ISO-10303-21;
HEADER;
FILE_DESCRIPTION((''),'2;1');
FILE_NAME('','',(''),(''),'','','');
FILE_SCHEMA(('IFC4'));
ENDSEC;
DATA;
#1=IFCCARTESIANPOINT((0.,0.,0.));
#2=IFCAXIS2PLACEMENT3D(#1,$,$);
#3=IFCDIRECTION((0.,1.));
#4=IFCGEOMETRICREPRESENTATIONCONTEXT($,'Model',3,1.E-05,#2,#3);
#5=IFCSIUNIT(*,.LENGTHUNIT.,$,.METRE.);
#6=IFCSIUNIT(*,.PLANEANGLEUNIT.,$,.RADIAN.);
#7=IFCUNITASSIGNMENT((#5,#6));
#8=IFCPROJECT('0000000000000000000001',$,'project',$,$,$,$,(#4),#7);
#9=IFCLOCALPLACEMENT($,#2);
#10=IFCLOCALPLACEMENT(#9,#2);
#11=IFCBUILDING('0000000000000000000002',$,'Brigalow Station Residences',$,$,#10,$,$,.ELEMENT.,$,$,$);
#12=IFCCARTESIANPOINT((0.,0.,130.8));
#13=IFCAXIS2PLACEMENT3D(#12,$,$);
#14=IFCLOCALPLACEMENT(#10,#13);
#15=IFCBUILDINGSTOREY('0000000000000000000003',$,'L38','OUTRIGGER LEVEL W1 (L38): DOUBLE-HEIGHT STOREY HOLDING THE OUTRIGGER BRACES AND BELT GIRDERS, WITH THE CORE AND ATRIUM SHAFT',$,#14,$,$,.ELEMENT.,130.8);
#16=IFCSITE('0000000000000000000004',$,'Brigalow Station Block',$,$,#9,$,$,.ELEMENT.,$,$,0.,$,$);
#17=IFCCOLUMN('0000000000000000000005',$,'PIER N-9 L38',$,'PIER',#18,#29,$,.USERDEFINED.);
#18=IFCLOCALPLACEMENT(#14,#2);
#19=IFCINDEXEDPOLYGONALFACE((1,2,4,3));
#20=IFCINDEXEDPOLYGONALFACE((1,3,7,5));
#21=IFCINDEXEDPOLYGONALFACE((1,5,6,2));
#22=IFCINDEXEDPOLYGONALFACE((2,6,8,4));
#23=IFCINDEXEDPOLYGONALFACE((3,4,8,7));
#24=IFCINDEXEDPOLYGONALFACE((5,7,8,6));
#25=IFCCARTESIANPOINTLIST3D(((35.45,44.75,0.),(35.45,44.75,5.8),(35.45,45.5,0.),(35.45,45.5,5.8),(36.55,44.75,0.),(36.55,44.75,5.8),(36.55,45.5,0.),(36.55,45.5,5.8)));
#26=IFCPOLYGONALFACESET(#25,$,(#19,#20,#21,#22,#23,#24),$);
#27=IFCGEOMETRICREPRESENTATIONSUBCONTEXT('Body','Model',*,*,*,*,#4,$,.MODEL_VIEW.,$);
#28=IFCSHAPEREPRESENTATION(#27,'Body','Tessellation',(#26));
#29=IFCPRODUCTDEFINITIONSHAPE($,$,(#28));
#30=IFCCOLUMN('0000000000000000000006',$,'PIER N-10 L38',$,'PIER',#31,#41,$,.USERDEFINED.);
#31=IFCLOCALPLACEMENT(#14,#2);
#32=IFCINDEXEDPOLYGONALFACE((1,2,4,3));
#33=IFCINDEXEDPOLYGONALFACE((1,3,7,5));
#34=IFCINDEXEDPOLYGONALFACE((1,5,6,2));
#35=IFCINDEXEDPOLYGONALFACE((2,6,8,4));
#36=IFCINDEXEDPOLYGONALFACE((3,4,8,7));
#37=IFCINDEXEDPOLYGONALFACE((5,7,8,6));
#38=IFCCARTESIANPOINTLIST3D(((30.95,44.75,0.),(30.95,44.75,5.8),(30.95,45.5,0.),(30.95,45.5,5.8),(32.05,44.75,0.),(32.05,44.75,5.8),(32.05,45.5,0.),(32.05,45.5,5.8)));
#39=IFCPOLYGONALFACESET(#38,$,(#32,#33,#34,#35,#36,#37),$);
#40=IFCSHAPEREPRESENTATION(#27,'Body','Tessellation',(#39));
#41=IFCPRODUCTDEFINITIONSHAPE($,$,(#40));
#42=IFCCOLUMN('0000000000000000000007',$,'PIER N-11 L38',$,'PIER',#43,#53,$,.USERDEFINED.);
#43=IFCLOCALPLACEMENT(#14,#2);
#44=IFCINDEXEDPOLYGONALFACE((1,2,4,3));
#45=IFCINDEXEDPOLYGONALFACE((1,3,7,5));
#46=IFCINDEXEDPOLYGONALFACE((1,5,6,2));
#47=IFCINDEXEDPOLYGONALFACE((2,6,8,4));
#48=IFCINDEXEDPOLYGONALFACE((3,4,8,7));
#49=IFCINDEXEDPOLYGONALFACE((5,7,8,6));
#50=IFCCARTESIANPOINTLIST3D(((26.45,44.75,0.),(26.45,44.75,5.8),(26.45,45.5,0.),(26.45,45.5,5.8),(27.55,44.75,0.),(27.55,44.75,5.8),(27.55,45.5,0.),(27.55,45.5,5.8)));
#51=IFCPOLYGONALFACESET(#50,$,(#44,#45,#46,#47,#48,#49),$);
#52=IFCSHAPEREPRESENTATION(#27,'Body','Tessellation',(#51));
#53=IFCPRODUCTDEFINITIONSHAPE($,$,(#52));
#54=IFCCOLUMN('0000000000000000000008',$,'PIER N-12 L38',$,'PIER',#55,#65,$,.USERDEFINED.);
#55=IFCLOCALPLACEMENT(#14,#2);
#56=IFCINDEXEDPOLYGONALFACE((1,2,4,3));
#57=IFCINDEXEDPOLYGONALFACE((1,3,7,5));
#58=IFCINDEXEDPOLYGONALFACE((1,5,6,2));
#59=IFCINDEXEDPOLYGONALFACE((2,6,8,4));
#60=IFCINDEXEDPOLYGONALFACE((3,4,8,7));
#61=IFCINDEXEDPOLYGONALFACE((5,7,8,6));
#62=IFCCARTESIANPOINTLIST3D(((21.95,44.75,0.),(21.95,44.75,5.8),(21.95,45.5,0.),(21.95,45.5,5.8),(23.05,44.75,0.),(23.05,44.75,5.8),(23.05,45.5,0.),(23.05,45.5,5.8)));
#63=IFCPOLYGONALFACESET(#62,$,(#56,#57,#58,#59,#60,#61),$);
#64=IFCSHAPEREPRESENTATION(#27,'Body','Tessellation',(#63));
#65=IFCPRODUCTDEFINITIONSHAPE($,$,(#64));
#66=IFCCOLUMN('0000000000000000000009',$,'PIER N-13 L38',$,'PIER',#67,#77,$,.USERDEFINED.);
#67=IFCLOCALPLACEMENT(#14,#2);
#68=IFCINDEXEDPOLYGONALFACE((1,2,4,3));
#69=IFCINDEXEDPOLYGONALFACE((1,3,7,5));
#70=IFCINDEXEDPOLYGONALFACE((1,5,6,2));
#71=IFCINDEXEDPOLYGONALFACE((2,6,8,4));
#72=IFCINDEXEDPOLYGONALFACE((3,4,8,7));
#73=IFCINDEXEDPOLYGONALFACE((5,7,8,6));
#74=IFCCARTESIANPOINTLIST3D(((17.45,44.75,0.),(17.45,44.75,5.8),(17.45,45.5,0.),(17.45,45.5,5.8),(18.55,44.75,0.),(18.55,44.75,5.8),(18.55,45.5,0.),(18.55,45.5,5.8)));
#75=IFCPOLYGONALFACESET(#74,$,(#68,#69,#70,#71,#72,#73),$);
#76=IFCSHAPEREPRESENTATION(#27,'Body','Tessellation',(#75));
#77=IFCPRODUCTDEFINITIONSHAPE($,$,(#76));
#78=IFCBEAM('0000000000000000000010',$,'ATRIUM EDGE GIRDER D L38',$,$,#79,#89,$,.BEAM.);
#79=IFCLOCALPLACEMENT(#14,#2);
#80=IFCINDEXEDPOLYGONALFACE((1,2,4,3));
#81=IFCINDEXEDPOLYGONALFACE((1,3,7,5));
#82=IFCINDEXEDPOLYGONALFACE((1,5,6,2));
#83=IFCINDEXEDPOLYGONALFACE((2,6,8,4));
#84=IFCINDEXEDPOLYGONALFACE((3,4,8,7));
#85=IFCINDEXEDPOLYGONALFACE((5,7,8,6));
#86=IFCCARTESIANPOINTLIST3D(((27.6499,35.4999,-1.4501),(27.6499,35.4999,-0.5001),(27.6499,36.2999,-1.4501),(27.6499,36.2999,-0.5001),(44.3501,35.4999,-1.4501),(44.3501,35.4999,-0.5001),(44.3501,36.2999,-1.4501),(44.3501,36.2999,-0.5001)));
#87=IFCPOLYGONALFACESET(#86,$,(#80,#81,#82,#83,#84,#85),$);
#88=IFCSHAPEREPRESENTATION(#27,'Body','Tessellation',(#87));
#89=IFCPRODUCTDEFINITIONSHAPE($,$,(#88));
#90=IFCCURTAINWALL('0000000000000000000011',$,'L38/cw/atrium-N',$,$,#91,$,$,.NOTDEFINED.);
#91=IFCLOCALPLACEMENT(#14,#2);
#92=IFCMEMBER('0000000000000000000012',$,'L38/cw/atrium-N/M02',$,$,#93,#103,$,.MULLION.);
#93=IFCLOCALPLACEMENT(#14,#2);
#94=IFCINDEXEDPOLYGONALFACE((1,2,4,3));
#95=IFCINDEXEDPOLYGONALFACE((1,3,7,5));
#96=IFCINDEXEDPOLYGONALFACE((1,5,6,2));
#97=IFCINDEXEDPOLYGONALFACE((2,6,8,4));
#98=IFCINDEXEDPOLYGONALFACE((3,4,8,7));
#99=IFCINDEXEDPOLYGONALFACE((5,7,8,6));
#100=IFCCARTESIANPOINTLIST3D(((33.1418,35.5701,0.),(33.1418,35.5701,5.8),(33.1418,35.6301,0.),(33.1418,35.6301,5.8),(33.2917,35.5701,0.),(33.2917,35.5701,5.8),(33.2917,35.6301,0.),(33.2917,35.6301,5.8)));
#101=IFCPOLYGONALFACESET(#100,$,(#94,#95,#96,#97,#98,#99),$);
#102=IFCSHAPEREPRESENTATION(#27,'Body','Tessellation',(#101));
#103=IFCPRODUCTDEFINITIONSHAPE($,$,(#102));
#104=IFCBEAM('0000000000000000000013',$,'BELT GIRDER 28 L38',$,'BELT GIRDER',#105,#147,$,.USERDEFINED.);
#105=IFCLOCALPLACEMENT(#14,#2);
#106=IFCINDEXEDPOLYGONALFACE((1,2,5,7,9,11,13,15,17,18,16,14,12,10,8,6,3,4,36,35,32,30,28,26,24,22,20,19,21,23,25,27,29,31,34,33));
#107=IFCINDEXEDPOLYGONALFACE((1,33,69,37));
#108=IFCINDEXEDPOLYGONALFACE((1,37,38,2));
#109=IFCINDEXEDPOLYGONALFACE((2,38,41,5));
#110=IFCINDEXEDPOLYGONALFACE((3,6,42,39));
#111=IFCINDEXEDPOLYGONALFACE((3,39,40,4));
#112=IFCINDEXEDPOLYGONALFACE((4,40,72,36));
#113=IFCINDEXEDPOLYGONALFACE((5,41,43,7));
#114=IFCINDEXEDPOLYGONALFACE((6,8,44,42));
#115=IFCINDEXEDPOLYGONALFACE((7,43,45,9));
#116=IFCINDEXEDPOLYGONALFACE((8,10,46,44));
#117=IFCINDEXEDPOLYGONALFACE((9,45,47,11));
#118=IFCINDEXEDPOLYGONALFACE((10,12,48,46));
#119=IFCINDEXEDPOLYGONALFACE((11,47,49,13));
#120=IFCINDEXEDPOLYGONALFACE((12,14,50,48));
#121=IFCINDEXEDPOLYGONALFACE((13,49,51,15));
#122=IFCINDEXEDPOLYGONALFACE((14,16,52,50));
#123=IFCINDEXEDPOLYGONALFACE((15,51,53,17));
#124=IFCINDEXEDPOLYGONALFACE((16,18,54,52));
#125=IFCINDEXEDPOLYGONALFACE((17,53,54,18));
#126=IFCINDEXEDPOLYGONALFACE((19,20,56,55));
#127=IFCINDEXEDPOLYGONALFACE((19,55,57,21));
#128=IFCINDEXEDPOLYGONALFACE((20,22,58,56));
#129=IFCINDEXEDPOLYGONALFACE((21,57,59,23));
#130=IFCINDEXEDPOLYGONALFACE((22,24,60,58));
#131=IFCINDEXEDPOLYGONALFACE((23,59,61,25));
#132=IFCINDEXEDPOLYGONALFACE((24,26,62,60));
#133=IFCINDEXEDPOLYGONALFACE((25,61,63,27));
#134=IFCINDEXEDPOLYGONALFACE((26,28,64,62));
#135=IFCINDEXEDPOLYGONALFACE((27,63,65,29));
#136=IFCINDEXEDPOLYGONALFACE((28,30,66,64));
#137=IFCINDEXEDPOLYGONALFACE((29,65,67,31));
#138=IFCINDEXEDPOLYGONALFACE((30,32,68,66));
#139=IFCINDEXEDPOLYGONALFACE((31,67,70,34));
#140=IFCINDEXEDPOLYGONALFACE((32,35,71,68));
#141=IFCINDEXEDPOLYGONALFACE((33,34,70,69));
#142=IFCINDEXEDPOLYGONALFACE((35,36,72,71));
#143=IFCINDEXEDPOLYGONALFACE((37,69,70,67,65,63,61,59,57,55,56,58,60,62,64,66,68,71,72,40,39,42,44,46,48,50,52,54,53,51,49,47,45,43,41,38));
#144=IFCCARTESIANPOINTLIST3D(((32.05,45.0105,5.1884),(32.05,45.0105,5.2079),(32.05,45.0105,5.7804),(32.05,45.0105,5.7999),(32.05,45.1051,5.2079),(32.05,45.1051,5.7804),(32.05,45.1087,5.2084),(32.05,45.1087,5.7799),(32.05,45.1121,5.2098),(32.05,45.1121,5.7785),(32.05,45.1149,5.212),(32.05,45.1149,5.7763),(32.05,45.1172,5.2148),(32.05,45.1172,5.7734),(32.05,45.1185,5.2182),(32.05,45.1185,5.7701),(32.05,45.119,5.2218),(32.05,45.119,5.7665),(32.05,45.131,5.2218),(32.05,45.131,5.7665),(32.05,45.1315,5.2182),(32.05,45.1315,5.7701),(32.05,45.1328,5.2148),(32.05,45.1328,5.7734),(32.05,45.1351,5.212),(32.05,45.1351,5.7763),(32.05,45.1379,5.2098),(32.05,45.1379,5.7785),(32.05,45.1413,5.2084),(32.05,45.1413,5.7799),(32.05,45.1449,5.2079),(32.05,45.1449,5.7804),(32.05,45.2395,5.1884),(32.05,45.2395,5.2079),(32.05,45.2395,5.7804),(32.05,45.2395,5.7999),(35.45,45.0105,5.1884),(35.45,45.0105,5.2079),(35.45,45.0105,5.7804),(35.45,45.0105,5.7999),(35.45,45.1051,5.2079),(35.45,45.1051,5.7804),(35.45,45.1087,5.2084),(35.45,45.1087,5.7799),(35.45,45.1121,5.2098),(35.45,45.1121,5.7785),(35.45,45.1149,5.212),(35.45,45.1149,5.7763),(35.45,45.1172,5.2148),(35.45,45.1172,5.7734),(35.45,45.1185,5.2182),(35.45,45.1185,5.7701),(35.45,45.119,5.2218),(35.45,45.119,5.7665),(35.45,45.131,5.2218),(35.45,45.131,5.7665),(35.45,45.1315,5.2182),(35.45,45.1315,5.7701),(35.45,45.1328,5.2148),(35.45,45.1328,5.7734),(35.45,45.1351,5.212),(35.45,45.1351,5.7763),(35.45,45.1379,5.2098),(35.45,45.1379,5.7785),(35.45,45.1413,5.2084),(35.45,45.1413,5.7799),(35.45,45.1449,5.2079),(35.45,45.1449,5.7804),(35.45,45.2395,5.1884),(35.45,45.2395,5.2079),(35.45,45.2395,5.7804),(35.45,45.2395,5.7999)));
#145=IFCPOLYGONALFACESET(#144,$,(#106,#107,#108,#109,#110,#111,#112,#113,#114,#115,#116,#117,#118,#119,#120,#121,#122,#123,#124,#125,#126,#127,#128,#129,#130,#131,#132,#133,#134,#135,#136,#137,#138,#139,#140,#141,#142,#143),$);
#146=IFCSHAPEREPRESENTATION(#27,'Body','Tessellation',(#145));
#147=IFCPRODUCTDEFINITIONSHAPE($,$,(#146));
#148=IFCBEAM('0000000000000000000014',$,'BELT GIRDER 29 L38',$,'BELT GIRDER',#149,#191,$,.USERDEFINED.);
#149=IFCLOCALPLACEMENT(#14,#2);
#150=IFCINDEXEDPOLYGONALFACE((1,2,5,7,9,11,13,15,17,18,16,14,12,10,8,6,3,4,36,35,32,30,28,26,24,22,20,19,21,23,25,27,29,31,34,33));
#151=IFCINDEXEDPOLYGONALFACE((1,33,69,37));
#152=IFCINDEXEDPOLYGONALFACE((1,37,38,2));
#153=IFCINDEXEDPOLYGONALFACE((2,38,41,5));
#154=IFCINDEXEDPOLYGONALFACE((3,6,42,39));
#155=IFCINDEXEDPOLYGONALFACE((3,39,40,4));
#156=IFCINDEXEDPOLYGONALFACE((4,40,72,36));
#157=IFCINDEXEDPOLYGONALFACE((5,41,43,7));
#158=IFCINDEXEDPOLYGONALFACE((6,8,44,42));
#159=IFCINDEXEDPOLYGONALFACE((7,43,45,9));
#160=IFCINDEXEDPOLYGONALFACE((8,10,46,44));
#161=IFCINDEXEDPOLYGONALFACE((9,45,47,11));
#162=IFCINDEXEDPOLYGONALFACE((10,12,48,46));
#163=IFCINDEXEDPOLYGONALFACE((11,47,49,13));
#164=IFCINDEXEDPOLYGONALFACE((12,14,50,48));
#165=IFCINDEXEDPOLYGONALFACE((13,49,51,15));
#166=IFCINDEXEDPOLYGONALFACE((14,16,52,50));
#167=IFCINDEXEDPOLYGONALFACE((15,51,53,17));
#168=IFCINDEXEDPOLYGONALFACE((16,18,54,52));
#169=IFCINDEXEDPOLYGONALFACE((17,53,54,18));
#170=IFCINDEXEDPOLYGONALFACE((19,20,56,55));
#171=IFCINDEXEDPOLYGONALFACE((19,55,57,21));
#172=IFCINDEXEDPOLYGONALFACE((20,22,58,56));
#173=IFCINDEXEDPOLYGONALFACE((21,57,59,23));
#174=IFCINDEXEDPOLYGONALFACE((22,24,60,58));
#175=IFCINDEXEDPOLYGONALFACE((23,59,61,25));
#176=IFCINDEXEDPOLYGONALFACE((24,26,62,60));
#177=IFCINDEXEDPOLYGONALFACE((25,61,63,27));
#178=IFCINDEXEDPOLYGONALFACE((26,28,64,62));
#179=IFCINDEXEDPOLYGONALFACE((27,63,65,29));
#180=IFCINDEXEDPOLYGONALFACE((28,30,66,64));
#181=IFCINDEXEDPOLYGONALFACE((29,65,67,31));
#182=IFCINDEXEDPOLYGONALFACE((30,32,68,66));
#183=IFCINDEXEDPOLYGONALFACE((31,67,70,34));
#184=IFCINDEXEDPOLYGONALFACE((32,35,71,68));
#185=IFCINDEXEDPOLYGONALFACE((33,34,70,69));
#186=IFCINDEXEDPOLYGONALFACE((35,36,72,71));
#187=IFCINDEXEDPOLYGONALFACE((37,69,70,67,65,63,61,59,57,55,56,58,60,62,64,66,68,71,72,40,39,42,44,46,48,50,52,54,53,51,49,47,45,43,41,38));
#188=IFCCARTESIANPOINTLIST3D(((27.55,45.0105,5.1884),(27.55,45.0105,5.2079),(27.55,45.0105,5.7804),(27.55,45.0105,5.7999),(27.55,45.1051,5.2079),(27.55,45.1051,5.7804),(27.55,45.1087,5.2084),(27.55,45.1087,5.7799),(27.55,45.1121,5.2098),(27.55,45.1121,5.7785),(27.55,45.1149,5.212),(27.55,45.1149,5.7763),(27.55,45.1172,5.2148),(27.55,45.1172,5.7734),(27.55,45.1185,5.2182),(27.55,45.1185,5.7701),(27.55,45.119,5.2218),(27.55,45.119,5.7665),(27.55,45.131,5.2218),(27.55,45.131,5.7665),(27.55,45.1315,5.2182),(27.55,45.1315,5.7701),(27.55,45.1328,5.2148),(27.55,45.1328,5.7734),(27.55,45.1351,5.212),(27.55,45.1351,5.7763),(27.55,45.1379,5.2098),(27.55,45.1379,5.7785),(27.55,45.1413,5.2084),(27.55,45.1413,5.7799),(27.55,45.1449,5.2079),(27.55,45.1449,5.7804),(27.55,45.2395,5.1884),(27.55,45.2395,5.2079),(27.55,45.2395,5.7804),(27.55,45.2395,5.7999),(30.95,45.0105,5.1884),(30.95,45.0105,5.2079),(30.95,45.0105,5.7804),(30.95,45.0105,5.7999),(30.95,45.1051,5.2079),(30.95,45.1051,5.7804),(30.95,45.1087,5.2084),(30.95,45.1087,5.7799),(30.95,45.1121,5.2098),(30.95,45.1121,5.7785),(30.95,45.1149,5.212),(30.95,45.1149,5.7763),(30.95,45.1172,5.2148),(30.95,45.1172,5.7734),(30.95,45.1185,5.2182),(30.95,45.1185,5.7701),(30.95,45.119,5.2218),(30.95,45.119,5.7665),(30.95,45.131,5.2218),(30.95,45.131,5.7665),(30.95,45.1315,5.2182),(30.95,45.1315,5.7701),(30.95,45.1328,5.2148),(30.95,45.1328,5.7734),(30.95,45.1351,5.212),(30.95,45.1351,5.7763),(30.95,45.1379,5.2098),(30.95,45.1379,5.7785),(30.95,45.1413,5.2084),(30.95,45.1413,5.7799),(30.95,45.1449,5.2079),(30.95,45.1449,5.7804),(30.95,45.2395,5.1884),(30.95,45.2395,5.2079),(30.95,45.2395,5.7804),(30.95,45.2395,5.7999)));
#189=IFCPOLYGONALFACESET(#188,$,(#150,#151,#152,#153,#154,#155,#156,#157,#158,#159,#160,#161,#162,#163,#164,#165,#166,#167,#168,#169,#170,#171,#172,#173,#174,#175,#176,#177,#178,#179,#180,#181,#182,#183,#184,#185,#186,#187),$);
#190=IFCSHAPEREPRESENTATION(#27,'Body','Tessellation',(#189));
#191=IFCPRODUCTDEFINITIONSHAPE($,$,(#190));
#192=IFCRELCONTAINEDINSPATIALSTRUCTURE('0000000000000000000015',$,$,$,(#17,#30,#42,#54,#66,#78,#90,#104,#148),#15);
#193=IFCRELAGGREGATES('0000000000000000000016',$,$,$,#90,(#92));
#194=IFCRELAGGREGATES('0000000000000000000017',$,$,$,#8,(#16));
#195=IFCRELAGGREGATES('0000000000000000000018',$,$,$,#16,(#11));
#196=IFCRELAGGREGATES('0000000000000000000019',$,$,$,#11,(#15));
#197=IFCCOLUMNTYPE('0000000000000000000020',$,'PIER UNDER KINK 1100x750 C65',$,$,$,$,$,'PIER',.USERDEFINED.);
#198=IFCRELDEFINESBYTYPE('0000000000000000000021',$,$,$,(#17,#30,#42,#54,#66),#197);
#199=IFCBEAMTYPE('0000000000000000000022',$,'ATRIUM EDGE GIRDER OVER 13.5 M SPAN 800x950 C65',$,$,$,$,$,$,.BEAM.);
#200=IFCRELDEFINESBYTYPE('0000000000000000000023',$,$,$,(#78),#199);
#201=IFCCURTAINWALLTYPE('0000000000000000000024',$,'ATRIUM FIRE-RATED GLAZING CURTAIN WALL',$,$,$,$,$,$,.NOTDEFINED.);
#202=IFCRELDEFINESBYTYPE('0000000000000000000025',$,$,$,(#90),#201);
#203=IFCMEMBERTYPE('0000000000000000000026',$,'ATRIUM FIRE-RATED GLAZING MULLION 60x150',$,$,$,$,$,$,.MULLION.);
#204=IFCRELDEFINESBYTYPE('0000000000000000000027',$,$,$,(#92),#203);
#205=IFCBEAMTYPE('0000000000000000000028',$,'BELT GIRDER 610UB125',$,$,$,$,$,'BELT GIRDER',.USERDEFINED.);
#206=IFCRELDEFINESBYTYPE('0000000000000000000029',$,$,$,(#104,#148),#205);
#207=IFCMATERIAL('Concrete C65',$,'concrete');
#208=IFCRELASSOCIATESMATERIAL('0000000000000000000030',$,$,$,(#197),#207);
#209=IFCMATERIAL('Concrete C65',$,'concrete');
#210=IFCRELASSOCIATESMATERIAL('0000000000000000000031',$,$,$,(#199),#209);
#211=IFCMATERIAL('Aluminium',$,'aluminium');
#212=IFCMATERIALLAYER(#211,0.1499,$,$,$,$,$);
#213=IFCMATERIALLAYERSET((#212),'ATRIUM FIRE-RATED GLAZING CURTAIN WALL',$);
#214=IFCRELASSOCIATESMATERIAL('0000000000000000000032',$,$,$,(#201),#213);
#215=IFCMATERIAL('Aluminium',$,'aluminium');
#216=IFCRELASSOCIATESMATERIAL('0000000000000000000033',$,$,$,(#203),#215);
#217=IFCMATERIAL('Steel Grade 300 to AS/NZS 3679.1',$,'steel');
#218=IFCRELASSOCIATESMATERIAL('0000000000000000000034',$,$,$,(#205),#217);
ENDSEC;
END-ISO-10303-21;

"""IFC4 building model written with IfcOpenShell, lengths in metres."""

from ifc_helpers import new_model, si_unit, direction, frame, origin, origin_2d, place, context, subcontext, project, spatial, rectangle, i_section, extrude, material, layer, layer_set, material_profile, profile_set, type_object, element, aggregate, save


model = new_model("IFC4")

# Units and contexts
model_context = context("Model", 3, precision=1e-05, world=origin(), true_north=direction((0.0, 1.0)))
body_context = subcontext(model_context, "Body", "Model", "MODEL_VIEW")
ifc_project = project(units=[si_unit("LENGTHUNIT", "METRE"), si_unit("PLANEANGLEUNIT", "RADIAN")], contexts=[model_context])

# Site, building, storey
site_placement = place(None, origin())
site = spatial("IfcSite", under=ifc_project, at=site_placement, Name="Brigalow Station Block", CompositionType="ELEMENT", RefElevation=0.0)
building_placement = place(site_placement, origin())
building = spatial("IfcBuilding", under=site, at=building_placement, Name="Brigalow Station Residences", CompositionType="ELEMENT")
storey_placement = place(building_placement, frame((0.0, 0.0, 130.8)))
storey = spatial("IfcBuildingStorey", under=building, at=storey_placement, Name="L38", Description="OUTRIGGER LEVEL W1 (L38): DOUBLE-HEIGHT STOREY HOLDING THE OUTRIGGER BRACES AND BELT GIRDERS, WITH THE CORE AND ATRIUM SHAFT", CompositionType="ELEMENT", Elevation=130.8)

# Columns
ifc_material_1 = material(Name="Concrete C65", Category="concrete")
ifc_material_profile_1 = material_profile(ifc_material_1, rectangle(XDim=1.1001, YDim=0.75, at=origin_2d()), Name="RC1100x750")
ifc_profile_set_1 = profile_set([ifc_material_profile_1], Name="Concrete C65")
column_type = type_object("IfcColumnType", Name="PIER UNDER KINK 1100x750 C65", ElementType="PIER", PredefinedType="USERDEFINED", material=ifc_profile_set_1)
for number, where, z_axis, x_axis, name in (
    (1, (36.0, 45.125, 0.0), (0.0, 0.0, 1.0), (-1.0, 0.0, 0.0), "PIER N-9 L38"),
    (2, (31.5, 45.125, 0.0), (0.0, 0.0, 1.0), (-1.0, 0.0, 0.0), "PIER N-10 L38"),
    (3, (27.0, 45.125, 0.0), (0.0, 0.0, 1.0), (-1.0, 0.0, 0.0), "PIER N-11 L38"),
    (4, (22.5, 45.125, 0.0), (0.0, 0.0, 1.0), (-1.0, 0.0, 0.0), "PIER N-12 L38"),
    (5, (18.0, 45.125, 0.0), (0.0, 0.0, 1.0), (-1.0, 0.0, 0.0), "PIER N-13 L38"),
):
    element("IfcColumn", number, at=place(storey_placement, frame(where, z_axis=z_axis, x_axis=x_axis)), inside=storey, type_object=column_type, Name=name, ObjectType="PIER", PredefinedType="USERDEFINED", context=body_context, shape_type="SweptSolid", body=[
        extrude(rectangle(XDim=1.1001, YDim=0.75, at=origin_2d()), origin(), (0.0, 0.0, 1.0), 5.8),
    ])

# Beam
ifc_material_2 = material(Name="Concrete C65", Category="concrete")
ifc_material_profile_2 = material_profile(ifc_material_2, rectangle(XDim=0.8, YDim=0.95, at=origin_2d()), Name="RC800x950")
ifc_profile_set_2 = profile_set([ifc_material_profile_2], Name="Concrete C65")
beam_type_1 = type_object("IfcBeamType", Name="ATRIUM EDGE GIRDER OVER 13.5 M SPAN 800x950 C65", PredefinedType="BEAM", material=ifc_profile_set_2)
beam_placement = place(storey_placement, frame((27.6499, 35.8999, -0.9751), z_axis=(1.0, 0.0, 0.0), x_axis=(0.0, 1.0, 0.0)))
element("IfcBeam", 6, at=beam_placement, inside=storey, type_object=beam_type_1, Name="ATRIUM EDGE GIRDER D L38", PredefinedType="BEAM", context=body_context, shape_type="SweptSolid", body=[
    extrude(rectangle(XDim=0.8, YDim=0.95, at=origin_2d()), origin(), (0.0, 0.0, 1.0), 16.7002),
])

# Curtain wall, member
ifc_material_3 = material(Name="Aluminium", Category="aluminium")
ifc_layer_1 = layer(ifc_material_3, 0.1499)
ifc_layer_set_1 = layer_set([ifc_layer_1], Name="ATRIUM FIRE-RATED GLAZING CURTAIN WALL")
curtain_wall_type = type_object("IfcCurtainWallType", Name="ATRIUM FIRE-RATED GLAZING CURTAIN WALL", PredefinedType="NOTDEFINED", material=ifc_layer_set_1)
curtain_wall_placement = place(storey_placement, origin())
curtain_wall = element("IfcCurtainWall", 7, at=curtain_wall_placement, inside=storey, type_object=curtain_wall_type, Name="L38/cw/atrium-N", PredefinedType="NOTDEFINED")
ifc_material_4 = material(Name="Aluminium", Category="aluminium")
ifc_material_profile_3 = material_profile(ifc_material_4, rectangle(XDim=0.0601, YDim=0.1499, at=origin_2d()), Name="ATRIUM FIRE-RATED GLAZING MULLION 60x150")
ifc_profile_set_3 = profile_set([ifc_material_profile_3], Name="Aluminium")
member_type_1 = type_object("IfcMemberType", Name="ATRIUM FIRE-RATED GLAZING MULLION 60x150", PredefinedType="MULLION", material=ifc_profile_set_3)
member_1_placement = place(storey_placement, frame((33.2168, 35.6001, 0.0), z_axis=(0.0, 0.0, 1.0), x_axis=(0.0, -1.0, 0.0)))
member_1 = element("IfcMember", 8, at=member_1_placement, type_object=member_type_1, Name="L38/cw/atrium-N/M02", PredefinedType="MULLION", context=body_context, shape_type="SweptSolid", body=[
    extrude(rectangle(XDim=0.0601, YDim=0.1499, at=origin_2d()), origin(), (0.0, 0.0, 1.0), 5.8),
])

# Beams
ifc_material_5 = material(Name="Steel Grade 300 to AS/NZS 3679.1", Category="steel")
ifc_material_profile_4 = material_profile(ifc_material_5, i_section(OverallWidth=0.229, OverallDepth=0.6116, WebThickness=0.012, FlangeThickness=0.0195, FilletRadius=0.0139, at=origin_2d()), Name="610UB125")
ifc_profile_set_4 = profile_set([ifc_material_profile_4], Name="Steel Grade 300 to AS/NZS 3679.1")
beam_type_2 = type_object("IfcBeamType", Name="BELT GIRDER 610UB125", ElementType="BELT GIRDER", PredefinedType="USERDEFINED", material=ifc_profile_set_4)
for number, where, z_axis, x_axis, name in (
    (9, (35.45, 45.125, 5.4941), (-1.0, 0.0, 0.0), (0.0, -1.0, 0.0), "BELT GIRDER 28 L38"),
    (10, (30.95, 45.125, 5.4941), (-1.0, 0.0, 0.0), (0.0, -1.0, 0.0), "BELT GIRDER 29 L38"),
):
    element("IfcBeam", number, at=place(storey_placement, frame(where, z_axis=z_axis, x_axis=x_axis)), inside=storey, type_object=beam_type_2, Name=name, ObjectType="BELT GIRDER", PredefinedType="USERDEFINED", context=body_context, shape_type="SweptSolid", body=[
        extrude(i_section(OverallWidth=0.229, OverallDepth=0.6116, WebThickness=0.012, FlangeThickness=0.0195, FilletRadius=0.0139, at=origin_2d()), origin(), (0.0, 0.0, 1.0), 3.3999),
    ])

aggregate(curtain_wall, [member_1])

save(model, "model.ifc")
